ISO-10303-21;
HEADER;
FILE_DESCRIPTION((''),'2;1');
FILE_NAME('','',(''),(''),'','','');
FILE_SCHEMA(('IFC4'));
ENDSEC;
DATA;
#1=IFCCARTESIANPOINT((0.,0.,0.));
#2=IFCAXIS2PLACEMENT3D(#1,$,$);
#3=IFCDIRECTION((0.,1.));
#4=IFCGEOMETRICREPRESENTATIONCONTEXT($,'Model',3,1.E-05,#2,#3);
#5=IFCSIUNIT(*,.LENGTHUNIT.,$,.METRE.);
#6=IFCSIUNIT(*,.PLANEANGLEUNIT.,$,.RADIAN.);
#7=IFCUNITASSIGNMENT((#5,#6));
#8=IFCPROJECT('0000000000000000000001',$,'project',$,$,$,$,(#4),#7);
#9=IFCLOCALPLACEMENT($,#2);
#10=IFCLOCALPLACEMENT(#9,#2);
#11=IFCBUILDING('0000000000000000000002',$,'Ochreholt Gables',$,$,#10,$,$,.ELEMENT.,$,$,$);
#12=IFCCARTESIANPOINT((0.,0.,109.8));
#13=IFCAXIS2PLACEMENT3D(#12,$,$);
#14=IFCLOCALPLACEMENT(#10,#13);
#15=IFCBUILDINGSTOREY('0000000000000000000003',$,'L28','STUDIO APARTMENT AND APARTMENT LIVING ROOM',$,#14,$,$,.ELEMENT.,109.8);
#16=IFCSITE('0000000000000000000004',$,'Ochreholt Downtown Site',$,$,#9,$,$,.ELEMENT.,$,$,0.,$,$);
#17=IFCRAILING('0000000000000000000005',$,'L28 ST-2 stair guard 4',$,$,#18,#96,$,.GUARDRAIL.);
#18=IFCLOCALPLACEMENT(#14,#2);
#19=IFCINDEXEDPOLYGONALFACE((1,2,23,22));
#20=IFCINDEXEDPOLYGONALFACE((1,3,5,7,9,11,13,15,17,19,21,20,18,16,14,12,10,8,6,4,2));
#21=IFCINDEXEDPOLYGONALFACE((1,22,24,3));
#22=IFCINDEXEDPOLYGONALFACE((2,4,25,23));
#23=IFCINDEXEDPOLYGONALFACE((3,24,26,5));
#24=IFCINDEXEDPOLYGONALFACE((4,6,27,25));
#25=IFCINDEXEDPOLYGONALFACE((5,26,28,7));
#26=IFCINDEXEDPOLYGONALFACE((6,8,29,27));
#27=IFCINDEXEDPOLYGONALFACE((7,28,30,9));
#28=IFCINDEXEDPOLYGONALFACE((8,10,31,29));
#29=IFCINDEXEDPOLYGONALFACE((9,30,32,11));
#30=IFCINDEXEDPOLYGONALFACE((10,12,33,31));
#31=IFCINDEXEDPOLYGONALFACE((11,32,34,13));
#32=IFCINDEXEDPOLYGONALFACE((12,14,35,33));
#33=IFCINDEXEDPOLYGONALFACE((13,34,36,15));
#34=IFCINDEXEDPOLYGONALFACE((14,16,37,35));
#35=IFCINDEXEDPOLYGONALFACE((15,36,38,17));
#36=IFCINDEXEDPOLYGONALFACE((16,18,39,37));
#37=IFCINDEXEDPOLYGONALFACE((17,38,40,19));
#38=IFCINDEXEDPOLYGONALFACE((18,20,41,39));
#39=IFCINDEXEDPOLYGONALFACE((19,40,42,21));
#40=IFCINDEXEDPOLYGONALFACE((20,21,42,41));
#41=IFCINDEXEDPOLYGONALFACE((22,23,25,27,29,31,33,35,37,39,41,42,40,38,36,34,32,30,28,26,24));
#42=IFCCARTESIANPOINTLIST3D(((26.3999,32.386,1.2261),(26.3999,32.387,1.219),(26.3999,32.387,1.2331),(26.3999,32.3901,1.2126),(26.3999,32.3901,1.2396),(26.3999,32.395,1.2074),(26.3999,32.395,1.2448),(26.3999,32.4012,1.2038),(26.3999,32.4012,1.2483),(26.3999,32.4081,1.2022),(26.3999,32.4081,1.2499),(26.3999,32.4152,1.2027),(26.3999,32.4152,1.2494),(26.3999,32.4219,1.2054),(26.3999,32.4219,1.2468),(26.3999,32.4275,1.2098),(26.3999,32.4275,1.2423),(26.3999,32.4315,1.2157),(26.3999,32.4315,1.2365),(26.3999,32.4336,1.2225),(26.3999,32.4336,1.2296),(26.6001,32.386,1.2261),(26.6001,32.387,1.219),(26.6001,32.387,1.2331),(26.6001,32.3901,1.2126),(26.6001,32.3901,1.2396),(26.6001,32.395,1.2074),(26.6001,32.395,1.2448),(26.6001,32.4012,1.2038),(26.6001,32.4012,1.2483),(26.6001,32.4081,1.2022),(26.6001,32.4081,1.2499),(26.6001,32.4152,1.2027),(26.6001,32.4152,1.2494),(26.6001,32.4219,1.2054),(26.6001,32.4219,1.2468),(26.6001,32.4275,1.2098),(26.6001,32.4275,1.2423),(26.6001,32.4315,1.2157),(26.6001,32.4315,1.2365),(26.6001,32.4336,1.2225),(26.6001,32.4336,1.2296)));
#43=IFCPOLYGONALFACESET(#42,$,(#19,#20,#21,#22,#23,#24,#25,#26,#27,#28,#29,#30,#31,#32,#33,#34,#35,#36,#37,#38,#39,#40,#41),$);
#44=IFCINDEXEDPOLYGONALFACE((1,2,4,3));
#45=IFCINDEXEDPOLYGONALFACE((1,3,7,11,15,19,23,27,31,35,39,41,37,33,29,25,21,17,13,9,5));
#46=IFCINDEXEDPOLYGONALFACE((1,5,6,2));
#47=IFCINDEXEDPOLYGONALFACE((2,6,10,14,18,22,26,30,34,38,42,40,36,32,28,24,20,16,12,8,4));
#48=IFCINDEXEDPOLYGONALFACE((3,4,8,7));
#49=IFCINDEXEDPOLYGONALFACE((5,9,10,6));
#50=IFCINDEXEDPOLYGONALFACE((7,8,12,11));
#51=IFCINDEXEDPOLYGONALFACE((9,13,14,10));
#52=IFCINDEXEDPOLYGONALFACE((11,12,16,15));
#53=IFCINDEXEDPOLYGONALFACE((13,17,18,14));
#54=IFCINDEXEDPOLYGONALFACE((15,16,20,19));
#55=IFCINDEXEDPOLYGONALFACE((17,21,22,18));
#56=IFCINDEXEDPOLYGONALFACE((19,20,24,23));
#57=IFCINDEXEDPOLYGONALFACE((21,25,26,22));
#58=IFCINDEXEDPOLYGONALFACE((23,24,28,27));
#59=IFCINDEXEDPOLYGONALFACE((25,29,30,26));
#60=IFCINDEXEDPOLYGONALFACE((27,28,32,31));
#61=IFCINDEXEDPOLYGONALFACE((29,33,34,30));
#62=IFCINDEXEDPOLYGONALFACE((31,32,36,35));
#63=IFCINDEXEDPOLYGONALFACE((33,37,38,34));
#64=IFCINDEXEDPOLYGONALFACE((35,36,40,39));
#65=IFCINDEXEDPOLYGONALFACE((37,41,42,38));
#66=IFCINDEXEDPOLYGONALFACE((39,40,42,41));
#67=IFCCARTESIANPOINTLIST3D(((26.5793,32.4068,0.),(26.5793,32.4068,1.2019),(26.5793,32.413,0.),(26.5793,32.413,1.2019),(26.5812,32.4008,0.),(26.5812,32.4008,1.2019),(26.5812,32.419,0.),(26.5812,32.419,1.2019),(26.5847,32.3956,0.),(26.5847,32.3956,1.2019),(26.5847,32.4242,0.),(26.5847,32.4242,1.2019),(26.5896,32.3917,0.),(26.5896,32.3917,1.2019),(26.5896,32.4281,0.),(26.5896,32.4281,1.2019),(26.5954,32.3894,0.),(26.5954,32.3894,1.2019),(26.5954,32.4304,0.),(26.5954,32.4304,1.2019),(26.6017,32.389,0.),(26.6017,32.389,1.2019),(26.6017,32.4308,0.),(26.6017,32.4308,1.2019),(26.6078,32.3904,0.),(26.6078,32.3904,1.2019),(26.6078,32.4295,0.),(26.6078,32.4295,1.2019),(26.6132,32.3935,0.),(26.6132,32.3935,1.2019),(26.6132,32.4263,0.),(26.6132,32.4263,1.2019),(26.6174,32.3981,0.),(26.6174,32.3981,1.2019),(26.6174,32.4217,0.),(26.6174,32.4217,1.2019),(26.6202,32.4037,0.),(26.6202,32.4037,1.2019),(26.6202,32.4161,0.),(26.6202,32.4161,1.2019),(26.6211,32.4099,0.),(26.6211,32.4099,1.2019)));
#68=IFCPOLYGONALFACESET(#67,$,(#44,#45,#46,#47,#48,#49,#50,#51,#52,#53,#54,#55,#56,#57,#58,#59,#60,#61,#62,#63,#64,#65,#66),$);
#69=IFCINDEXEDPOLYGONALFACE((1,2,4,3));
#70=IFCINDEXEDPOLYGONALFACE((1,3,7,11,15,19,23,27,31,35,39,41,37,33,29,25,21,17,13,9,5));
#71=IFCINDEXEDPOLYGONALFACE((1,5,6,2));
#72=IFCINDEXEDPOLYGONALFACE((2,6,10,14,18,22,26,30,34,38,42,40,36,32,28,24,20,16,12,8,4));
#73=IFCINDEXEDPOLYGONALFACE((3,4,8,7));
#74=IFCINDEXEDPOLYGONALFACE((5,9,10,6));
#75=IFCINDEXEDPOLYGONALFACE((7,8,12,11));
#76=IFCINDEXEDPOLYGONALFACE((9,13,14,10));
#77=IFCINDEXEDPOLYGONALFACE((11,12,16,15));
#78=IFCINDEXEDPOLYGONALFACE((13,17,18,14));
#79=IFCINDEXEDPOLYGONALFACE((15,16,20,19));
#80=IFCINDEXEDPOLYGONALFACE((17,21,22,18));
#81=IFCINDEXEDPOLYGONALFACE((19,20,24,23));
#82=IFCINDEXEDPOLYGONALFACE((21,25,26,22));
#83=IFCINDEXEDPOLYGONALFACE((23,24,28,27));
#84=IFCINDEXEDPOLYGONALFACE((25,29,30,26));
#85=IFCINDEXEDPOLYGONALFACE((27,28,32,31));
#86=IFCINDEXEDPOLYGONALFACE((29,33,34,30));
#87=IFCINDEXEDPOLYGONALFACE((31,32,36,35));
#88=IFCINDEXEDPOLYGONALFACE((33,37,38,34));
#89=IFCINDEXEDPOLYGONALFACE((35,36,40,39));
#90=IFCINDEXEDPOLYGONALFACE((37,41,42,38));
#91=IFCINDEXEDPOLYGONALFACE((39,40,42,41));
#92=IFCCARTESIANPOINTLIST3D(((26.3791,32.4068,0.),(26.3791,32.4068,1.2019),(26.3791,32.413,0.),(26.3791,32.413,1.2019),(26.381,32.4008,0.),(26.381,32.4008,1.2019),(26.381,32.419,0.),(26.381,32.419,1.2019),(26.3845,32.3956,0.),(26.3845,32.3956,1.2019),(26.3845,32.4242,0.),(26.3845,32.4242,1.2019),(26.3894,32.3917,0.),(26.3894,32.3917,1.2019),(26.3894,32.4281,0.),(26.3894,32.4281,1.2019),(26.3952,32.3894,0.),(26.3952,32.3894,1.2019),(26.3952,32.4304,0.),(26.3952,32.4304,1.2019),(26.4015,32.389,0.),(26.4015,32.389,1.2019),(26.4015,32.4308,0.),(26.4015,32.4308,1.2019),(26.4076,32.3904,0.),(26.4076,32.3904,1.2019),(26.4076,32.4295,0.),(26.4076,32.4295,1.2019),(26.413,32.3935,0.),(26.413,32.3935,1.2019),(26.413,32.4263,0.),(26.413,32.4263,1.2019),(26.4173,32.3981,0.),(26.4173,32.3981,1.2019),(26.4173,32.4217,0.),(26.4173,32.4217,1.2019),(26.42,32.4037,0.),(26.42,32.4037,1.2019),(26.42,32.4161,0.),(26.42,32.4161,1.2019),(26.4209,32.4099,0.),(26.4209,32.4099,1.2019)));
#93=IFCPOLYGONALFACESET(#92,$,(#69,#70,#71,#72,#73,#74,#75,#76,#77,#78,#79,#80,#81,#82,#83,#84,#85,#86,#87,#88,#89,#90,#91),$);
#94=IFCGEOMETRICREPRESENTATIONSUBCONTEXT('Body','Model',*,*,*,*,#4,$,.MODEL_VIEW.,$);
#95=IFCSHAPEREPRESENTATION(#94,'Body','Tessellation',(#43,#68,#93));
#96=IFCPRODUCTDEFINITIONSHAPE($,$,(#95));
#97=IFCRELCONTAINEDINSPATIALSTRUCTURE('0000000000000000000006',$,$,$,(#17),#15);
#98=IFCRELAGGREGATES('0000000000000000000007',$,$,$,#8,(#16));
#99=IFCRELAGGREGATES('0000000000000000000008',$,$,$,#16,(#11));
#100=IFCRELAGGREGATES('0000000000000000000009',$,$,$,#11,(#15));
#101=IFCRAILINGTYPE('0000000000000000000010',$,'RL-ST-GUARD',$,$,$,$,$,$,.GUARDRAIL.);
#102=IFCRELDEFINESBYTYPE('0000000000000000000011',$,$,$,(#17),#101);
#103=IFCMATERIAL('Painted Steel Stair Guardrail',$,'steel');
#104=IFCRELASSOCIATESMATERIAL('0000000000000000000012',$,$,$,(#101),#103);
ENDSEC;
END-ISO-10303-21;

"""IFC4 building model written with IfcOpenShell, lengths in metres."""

from ifc_helpers import new_model, si_unit, direction, frame, origin, origin_2d, place, context, subcontext, project, spatial, circle, extrude, material, type_object, element, save


model = new_model("IFC4")

# Units and contexts
model_context = context("Model", 3, precision=1e-05, world=origin(), true_north=direction((0.0, 1.0)))
body_context = subcontext(model_context, "Body", "Model", "MODEL_VIEW")
ifc_project = project(units=[si_unit("LENGTHUNIT", "METRE"), si_unit("PLANEANGLEUNIT", "RADIAN")], contexts=[model_context])

# Site, building, storey
site_placement = place(None, origin())
site = spatial("IfcSite", under=ifc_project, at=site_placement, Name="Ochreholt Downtown Site", CompositionType="ELEMENT", RefElevation=0.0)
building_placement = place(site_placement, origin())
building = spatial("IfcBuilding", under=site, at=building_placement, Name="Ochreholt Gables", CompositionType="ELEMENT")
storey_placement = place(building_placement, frame((0.0, 0.0, 109.8)))
storey = spatial("IfcBuildingStorey", under=building, at=storey_placement, Name="L28", Description="STUDIO APARTMENT AND APARTMENT LIVING ROOM", CompositionType="ELEMENT", Elevation=109.8)

# Railing
ifc_material_1 = material(Name="Painted Steel Stair Guardrail", Category="steel")
railing_type_1 = type_object("IfcRailingType", Name="RL-ST-GUARD", PredefinedType="GUARDRAIL", material=ifc_material_1)
railing_1_placement = place(storey_placement, frame((26.6001, 32.4099, 0.0)))
element("IfcRailing", 1, at=railing_1_placement, inside=storey, type_object=railing_type_1, Name="L28 ST-2 stair guard 4", PredefinedType="GUARDRAIL", context=body_context, shape_type="SweptSolid", body=[
    extrude(circle(Radius=0.0239, at=origin_2d()), frame((0.0, 0.0, 1.2261), z_axis=(-1.0, 0.0, 0.0), x_axis=(0.0, -1.0, 0.0)), (0.0, 0.0, 1.0), 0.2002),
    extrude(circle(Radius=0.021, at=origin_2d()), origin(), (0.0, 0.0, 1.0), 1.2019),
    extrude(circle(Radius=0.021, at=origin_2d()), frame((-0.2002, 0.0, 0.0)), (0.0, 0.0, 1.0), 1.2019),
])

save(model, "model.ifc")
